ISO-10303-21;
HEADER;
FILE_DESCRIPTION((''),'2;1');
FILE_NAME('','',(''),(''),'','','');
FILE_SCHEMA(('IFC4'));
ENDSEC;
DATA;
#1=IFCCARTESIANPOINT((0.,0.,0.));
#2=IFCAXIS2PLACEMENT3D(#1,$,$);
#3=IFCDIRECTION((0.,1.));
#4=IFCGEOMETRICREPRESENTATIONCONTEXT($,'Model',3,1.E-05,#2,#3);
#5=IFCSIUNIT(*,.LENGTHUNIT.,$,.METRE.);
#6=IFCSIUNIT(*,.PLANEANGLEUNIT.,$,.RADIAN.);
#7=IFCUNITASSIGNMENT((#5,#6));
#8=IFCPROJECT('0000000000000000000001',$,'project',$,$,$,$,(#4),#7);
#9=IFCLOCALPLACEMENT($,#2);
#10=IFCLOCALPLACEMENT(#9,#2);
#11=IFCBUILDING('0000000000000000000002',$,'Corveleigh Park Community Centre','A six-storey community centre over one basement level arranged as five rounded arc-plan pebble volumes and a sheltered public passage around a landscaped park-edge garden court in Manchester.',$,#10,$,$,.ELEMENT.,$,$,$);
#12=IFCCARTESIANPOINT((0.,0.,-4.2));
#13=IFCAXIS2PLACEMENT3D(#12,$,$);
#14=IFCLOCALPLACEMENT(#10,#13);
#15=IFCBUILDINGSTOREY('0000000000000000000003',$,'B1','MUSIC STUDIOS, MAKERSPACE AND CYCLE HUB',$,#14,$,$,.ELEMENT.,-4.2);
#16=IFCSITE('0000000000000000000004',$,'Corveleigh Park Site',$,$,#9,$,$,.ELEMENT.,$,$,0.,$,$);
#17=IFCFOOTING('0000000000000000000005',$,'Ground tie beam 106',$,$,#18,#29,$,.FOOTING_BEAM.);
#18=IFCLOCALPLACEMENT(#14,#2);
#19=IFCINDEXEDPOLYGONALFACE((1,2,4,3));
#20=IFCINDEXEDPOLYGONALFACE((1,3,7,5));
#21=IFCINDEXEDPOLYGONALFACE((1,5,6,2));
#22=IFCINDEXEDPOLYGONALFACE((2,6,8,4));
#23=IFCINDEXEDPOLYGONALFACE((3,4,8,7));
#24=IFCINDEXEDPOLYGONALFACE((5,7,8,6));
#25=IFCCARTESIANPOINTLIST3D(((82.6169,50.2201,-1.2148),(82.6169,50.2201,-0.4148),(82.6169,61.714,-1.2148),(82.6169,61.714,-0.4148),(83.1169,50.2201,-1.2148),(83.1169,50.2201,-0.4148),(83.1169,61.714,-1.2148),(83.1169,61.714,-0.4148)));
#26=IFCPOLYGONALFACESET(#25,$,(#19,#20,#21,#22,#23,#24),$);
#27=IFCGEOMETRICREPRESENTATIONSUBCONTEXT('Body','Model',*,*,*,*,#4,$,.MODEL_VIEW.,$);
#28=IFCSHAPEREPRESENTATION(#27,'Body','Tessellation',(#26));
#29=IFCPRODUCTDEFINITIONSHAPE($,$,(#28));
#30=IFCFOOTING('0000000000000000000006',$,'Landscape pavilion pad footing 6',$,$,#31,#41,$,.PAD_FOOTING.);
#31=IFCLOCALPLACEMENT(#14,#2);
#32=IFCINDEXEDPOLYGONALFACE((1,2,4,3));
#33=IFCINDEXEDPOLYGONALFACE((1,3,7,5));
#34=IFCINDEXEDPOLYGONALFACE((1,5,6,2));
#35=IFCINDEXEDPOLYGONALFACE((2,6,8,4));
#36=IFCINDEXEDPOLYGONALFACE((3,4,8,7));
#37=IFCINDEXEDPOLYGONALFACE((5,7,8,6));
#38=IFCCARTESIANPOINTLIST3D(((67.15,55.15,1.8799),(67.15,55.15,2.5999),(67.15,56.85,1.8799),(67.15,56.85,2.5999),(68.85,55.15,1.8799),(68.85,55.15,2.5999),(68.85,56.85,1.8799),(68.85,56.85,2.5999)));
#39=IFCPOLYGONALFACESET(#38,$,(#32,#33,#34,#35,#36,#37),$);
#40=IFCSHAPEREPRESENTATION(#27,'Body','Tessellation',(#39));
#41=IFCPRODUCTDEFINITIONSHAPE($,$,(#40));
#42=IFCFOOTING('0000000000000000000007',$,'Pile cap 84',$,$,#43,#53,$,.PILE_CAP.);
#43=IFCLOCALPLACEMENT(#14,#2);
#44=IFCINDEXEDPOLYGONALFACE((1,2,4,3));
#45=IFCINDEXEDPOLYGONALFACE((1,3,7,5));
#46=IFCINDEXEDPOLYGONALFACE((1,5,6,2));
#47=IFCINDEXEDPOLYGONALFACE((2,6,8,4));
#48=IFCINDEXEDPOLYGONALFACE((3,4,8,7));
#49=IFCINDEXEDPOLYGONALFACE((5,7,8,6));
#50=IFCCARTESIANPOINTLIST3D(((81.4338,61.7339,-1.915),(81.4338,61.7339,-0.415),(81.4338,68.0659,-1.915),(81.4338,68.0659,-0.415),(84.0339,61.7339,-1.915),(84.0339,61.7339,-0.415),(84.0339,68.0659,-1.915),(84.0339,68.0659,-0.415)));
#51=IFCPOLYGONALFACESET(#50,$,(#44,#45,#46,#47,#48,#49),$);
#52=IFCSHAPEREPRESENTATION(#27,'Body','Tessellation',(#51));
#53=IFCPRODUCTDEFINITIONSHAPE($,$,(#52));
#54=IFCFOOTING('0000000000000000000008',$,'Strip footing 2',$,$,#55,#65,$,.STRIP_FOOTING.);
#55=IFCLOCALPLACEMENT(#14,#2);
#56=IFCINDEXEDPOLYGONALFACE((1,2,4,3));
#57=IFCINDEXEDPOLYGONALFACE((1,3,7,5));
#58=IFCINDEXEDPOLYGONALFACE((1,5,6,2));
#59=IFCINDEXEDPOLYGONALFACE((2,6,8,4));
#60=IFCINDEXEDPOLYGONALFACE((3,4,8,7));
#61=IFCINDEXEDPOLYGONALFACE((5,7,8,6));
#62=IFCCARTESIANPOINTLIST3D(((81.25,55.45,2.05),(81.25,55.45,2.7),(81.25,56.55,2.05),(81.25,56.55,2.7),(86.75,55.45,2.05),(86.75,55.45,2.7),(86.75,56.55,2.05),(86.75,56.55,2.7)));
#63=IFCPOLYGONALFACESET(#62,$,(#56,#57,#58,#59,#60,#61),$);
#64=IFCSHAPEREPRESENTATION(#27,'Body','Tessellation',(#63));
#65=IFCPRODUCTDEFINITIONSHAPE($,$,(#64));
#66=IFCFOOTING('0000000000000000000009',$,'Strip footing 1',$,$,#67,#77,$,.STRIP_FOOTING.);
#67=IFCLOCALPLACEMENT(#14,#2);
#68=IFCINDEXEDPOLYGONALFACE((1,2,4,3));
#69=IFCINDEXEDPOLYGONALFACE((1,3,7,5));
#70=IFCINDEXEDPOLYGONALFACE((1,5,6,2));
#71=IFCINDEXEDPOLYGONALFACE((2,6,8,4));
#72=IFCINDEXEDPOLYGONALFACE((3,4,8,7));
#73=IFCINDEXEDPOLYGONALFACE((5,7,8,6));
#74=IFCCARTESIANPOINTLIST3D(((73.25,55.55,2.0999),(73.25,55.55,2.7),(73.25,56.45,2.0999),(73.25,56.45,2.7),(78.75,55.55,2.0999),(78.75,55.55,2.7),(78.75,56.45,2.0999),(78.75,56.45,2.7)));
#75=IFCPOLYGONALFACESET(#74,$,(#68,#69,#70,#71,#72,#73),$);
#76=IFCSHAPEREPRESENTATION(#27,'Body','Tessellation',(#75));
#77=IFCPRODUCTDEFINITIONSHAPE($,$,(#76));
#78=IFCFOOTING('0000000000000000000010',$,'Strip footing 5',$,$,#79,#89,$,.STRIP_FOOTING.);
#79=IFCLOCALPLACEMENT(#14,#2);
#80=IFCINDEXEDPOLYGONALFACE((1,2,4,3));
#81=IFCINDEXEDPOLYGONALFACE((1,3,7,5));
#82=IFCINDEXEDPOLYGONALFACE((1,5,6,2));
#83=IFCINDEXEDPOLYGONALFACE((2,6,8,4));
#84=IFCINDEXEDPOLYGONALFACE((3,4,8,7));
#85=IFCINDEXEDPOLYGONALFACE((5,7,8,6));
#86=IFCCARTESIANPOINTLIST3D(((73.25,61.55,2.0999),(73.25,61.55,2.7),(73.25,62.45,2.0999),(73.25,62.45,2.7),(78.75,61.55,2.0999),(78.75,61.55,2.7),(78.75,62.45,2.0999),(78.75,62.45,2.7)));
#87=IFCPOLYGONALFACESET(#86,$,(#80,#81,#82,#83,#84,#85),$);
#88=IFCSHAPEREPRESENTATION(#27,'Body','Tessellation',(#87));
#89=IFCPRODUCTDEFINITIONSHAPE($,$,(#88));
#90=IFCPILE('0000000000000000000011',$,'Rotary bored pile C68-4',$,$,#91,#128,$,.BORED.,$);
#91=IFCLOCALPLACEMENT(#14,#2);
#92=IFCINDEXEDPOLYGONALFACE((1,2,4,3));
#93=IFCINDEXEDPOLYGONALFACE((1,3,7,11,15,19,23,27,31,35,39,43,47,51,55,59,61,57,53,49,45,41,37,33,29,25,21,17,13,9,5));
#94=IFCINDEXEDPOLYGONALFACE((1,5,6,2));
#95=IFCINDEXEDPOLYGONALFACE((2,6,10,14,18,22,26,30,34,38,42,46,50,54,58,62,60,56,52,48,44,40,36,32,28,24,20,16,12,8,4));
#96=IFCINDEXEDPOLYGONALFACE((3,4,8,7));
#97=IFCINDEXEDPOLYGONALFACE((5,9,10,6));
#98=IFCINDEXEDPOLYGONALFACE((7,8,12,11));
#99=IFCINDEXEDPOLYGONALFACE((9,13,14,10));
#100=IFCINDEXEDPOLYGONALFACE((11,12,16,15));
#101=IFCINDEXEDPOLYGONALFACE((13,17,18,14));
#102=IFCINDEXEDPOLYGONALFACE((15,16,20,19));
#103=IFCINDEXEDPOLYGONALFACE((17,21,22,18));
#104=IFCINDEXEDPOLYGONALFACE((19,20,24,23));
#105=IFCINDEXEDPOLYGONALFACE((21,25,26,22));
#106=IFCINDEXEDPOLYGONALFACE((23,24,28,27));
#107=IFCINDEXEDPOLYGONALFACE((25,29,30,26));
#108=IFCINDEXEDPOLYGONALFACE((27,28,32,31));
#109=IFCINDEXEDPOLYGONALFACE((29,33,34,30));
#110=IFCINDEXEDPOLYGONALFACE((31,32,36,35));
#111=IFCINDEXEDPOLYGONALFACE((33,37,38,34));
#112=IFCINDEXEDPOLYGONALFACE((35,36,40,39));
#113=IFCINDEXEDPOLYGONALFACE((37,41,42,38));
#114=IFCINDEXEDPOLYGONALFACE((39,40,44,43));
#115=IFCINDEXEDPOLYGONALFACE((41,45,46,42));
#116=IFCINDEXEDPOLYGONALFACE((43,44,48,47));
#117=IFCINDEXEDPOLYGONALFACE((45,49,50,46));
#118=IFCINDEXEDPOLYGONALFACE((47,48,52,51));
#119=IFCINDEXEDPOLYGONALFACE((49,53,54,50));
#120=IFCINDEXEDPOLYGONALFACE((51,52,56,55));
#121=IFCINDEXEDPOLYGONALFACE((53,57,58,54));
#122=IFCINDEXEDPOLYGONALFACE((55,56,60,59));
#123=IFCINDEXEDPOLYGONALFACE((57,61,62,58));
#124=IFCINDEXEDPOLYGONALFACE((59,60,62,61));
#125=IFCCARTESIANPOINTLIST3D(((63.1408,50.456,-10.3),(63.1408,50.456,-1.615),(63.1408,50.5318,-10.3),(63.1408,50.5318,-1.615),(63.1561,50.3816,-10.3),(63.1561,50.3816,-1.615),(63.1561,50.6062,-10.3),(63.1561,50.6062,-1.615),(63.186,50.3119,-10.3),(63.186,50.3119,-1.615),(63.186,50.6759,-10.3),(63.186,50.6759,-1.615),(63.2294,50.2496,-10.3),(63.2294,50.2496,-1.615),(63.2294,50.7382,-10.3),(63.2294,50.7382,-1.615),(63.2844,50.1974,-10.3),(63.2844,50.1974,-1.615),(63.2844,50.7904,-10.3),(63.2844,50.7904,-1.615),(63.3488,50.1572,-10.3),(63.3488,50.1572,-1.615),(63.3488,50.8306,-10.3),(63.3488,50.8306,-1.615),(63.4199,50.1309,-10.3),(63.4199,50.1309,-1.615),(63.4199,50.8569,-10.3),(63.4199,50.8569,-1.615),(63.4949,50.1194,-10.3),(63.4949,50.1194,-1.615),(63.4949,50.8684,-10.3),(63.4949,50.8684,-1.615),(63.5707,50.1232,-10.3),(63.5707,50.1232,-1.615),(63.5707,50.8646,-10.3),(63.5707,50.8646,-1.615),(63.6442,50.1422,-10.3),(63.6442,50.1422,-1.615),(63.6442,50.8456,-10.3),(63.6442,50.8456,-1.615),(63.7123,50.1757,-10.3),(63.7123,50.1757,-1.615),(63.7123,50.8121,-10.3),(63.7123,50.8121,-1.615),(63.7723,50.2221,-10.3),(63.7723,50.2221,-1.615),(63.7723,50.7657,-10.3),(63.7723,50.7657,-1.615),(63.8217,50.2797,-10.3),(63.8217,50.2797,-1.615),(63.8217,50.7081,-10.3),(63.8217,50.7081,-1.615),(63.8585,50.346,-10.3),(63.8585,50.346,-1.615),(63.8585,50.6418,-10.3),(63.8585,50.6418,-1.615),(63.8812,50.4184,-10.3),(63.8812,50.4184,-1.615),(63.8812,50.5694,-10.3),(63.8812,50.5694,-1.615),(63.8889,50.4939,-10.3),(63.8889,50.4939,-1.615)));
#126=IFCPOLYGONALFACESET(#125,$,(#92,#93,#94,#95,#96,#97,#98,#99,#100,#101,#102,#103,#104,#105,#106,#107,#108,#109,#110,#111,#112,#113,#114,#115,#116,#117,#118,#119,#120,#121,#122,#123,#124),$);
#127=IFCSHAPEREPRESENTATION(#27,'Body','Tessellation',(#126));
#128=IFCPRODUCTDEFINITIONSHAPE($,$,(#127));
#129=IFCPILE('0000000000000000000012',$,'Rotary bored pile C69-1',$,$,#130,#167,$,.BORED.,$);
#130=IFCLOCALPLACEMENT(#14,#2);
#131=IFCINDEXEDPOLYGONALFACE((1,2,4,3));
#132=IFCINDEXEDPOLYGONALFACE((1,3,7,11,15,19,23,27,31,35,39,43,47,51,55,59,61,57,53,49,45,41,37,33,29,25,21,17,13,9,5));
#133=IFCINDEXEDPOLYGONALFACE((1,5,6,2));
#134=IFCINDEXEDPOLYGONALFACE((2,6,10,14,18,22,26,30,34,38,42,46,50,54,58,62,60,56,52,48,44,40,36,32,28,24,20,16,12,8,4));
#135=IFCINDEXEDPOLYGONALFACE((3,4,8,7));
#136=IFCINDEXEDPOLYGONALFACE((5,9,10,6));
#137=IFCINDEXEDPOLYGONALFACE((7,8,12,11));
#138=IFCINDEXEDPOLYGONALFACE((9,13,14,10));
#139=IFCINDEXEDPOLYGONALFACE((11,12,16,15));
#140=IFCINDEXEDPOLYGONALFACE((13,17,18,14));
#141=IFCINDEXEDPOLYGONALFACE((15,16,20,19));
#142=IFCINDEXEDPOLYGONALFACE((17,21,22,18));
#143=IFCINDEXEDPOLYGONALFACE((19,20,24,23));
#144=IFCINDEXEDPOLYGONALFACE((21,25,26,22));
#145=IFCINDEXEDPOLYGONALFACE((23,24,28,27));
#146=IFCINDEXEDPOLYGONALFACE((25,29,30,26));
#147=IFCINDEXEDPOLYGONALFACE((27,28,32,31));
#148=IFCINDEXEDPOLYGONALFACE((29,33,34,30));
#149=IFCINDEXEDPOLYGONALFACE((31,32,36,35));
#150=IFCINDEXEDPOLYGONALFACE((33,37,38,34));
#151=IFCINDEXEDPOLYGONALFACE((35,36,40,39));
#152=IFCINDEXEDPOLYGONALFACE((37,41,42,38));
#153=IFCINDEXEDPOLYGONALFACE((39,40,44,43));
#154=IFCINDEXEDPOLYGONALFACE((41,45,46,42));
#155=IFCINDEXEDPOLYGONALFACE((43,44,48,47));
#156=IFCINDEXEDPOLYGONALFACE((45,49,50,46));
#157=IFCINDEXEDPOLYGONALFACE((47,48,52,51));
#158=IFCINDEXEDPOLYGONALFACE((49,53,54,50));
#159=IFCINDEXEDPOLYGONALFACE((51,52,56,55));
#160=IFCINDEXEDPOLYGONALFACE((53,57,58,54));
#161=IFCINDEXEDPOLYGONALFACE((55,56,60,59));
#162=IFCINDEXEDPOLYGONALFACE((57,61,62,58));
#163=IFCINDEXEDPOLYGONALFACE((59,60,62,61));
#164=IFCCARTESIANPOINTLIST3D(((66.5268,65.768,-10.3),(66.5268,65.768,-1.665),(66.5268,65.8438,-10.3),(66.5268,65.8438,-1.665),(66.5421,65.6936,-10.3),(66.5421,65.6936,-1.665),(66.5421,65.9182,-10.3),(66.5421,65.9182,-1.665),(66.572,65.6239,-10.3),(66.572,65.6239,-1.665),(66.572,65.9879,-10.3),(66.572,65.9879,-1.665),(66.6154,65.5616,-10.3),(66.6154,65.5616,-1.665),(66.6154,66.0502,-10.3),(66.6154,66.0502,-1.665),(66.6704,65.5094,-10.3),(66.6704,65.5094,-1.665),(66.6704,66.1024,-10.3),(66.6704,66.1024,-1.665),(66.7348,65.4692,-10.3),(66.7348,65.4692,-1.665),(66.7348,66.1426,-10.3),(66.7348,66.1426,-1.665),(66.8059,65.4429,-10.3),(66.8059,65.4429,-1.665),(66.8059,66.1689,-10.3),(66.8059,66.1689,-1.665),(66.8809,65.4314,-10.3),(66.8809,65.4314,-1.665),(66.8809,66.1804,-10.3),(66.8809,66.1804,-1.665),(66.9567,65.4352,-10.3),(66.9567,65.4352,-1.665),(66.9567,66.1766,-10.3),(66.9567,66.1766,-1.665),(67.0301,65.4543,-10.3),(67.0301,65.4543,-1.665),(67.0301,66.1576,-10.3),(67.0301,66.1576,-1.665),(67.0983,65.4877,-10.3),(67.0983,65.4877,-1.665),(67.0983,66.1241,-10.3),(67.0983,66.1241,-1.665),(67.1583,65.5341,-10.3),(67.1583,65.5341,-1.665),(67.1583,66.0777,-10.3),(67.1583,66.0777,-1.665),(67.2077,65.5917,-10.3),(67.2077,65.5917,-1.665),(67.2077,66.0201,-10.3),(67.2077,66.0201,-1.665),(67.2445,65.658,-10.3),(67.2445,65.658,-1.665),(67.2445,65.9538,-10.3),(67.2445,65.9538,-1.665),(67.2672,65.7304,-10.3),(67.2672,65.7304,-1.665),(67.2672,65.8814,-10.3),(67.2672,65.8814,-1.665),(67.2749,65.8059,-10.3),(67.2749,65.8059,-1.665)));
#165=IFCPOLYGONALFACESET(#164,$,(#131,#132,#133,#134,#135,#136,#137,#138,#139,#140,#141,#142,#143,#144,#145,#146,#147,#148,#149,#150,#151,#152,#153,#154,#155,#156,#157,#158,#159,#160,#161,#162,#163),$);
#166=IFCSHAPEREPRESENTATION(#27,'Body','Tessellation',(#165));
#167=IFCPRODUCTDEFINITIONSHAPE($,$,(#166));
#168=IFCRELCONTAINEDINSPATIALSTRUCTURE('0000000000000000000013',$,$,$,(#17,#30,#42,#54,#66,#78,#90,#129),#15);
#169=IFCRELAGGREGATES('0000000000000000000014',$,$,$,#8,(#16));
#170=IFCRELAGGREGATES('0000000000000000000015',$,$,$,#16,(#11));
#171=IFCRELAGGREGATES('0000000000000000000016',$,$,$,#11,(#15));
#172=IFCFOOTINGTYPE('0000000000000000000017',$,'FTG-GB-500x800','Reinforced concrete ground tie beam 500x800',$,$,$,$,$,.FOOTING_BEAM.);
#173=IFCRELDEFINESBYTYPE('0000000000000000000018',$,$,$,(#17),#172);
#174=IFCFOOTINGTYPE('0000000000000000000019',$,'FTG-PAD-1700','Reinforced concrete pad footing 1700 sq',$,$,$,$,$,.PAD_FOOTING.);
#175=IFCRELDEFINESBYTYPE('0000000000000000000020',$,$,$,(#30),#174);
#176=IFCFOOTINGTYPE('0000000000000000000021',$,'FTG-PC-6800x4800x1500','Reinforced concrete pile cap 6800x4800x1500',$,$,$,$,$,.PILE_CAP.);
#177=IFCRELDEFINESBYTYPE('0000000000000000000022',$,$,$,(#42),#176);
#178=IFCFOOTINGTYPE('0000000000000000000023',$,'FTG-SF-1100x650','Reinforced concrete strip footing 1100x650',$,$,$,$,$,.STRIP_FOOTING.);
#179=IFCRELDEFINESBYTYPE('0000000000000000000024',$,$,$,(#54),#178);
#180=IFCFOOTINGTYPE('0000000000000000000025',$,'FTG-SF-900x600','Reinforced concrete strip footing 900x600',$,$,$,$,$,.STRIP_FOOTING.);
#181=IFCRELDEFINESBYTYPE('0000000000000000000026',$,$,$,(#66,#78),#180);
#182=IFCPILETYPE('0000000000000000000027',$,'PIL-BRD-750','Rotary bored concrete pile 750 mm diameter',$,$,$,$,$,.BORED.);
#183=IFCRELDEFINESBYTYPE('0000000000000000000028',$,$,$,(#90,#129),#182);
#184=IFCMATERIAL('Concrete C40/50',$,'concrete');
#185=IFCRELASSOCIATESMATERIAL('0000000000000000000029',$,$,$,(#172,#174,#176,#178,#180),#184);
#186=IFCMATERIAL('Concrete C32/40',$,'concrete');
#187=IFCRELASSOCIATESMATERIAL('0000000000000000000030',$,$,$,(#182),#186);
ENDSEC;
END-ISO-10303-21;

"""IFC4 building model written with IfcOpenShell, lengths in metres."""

from ifc_helpers import new_model, si_unit, direction, frame, origin, origin_2d, place, context, subcontext, project, spatial, rectangle, circle, extrude, material, material_profile, profile_set, type_object, element, save


model = new_model("IFC4")

# Units and contexts
model_context = context("Model", 3, precision=1e-05, world=origin(), true_north=direction((0.0, 1.0)))
body_context = subcontext(model_context, "Body", "Model", "MODEL_VIEW")
ifc_project = project(units=[si_unit("LENGTHUNIT", "METRE"), si_unit("PLANEANGLEUNIT", "RADIAN")], contexts=[model_context])

# Site, building, storey
site_placement = place(None, origin())
site = spatial("IfcSite", under=ifc_project, at=site_placement, Name="Corveleigh Park Site", CompositionType="ELEMENT", RefElevation=0.0)
building_placement = place(site_placement, origin())
building = spatial("IfcBuilding", under=site, at=building_placement, Name="Corveleigh Park Community Centre", Description="A six-storey community centre over one basement level arranged as five rounded arc-plan pebble volumes and a sheltered public passage around a landscaped park-edge garden court in Manchester.", CompositionType="ELEMENT")
storey_placement = place(building_placement, frame((0.0, 0.0, -4.2)))
storey = spatial("IfcBuildingStorey", under=building, at=storey_placement, Name="B1", Description="MUSIC STUDIOS, MAKERSPACE AND CYCLE HUB", CompositionType="ELEMENT", Elevation=-4.2)

# Footings
ifc_material_1 = material(Name="Concrete C40/50", Category="concrete")
footing_type_1 = type_object("IfcFootingType", Name="FTG-GB-500x800", Description="Reinforced concrete ground tie beam 500x800", PredefinedType="FOOTING_BEAM", material=ifc_material_1)
footing_1_placement = place(storey_placement, frame((82.8669, 55.967, -1.2148), z_axis=(0.0, 0.0, 1.0), x_axis=(1.0, 0.0, 0.0)))
element("IfcFooting", 1, at=footing_1_placement, inside=storey, type_object=footing_type_1, Name="Ground tie beam 106", PredefinedType="FOOTING_BEAM", context=body_context, shape_type="SweptSolid", body=[
    extrude(rectangle(XDim=0.5, YDim=11.4939, at=origin_2d()), origin(), (0.0, 0.0, 1.0), 0.8),
])
footing_type_2 = type_object("IfcFootingType", Name="FTG-PAD-1700", Description="Reinforced concrete pad footing 1700 sq", PredefinedType="PAD_FOOTING", material=ifc_material_1)
footing_2_placement = place(storey_placement, frame((68.0, 56.0, 1.8799), z_axis=(0.0, 0.0, 1.0), x_axis=(1.0, 0.0, 0.0)))
element("IfcFooting", 2, at=footing_2_placement, inside=storey, type_object=footing_type_2, Name="Landscape pavilion pad footing 6", PredefinedType="PAD_FOOTING", context=body_context, shape_type="SweptSolid", body=[
    extrude(rectangle(XDim=1.7, YDim=1.7, at=origin_2d()), origin(), (0.0, 0.0, 1.0), 0.72),
])
footing_type_3 = type_object("IfcFootingType", Name="FTG-PC-6800x4800x1500", Description="Reinforced concrete pile cap 6800x4800x1500", PredefinedType="PILE_CAP", material=ifc_material_1)
footing_3_placement = place(storey_placement, frame((82.7339, 64.8999, -1.915), z_axis=(0.0, 0.0, 1.0), x_axis=(1.0, 0.0, 0.0)))
element("IfcFooting", 3, at=footing_3_placement, inside=storey, type_object=footing_type_3, Name="Pile cap 84", PredefinedType="PILE_CAP", context=body_context, shape_type="SweptSolid", body=[
    extrude(rectangle(XDim=2.6001, YDim=6.332, at=origin_2d()), origin(), (0.0, 0.0, 1.0), 1.5),
])
footing_type_4 = type_object("IfcFootingType", Name="FTG-SF-1100x650", Description="Reinforced concrete strip footing 1100x650", PredefinedType="STRIP_FOOTING", material=ifc_material_1)
footing_4_placement = place(storey_placement, frame((84.0, 56.0, 2.05), z_axis=(0.0, 0.0, 1.0), x_axis=(1.0, 0.0, 0.0)))
element("IfcFooting", 4, at=footing_4_placement, inside=storey, type_object=footing_type_4, Name="Strip footing 2", PredefinedType="STRIP_FOOTING", context=body_context, shape_type="SweptSolid", body=[
    extrude(rectangle(XDim=5.5, YDim=1.1001, at=origin_2d()), origin(), (0.0, 0.0, 1.0), 0.6499),
])
footing_type_5 = type_object("IfcFootingType", Name="FTG-SF-900x600", Description="Reinforced concrete strip footing 900x600", PredefinedType="STRIP_FOOTING", material=ifc_material_1)
for number, where, z_axis, x_axis, name in (
    (5, (76.0, 56.0, 2.0999), (0.0, 0.0, 1.0), (1.0, 0.0, 0.0), "Strip footing 1"),
    (6, (76.0, 62.0, 2.0999), (0.0, 0.0, 1.0), (1.0, 0.0, 0.0), "Strip footing 5"),
):
    element("IfcFooting", number, at=place(storey_placement, frame(where, z_axis=z_axis, x_axis=x_axis)), inside=storey, type_object=footing_type_5, Name=name, PredefinedType="STRIP_FOOTING", context=body_context, shape_type="SweptSolid", body=[
        extrude(rectangle(XDim=5.5, YDim=0.8999, at=origin_2d()), origin(), (0.0, 0.0, 1.0), 0.6001),
    ])

# Piles
ifc_material_2 = material(Name="Concrete C32/40", Category="concrete")
ifc_material_profile_1 = material_profile(ifc_material_2, circle(Radius=0.375, at=origin_2d()), Name="BORED-PILE-750", Category="concrete")
ifc_profile_set_1 = profile_set([ifc_material_profile_1], Name="Concrete C32/40")
pile_type_1 = type_object("IfcPileType", Name="PIL-BRD-750", Description="Rotary bored concrete pile 750 mm diameter", PredefinedType="BORED", material=ifc_profile_set_1)
pile_1_placement = place(storey_placement, frame((63.5139, 50.4939, -1.615), z_axis=(0.0, 0.0, -1.0), x_axis=(1.0, 0.0, 0.0)))
element("IfcPile", 7, at=pile_1_placement, inside=storey, type_object=pile_type_1, Name="Rotary bored pile C68-4", PredefinedType="BORED", context=body_context, shape_type="SweptSolid", body=[
    extrude(circle(Radius=0.375, at=origin_2d()), origin(), (0.0, 0.0, 1.0), 8.6851),
])
pile_2_placement = place(storey_placement, frame((66.8999, 65.8059, -1.665), z_axis=(0.0, 0.0, -1.0), x_axis=(1.0, 0.0, 0.0)))
element("IfcPile", 8, at=pile_2_placement, inside=storey, type_object=pile_type_1, Name="Rotary bored pile C69-1", PredefinedType="BORED", context=body_context, shape_type="SweptSolid", body=[
    extrude(circle(Radius=0.375, at=origin_2d()), origin(), (0.0, 0.0, 1.0), 8.635),
])

save(model, "model.ifc")
